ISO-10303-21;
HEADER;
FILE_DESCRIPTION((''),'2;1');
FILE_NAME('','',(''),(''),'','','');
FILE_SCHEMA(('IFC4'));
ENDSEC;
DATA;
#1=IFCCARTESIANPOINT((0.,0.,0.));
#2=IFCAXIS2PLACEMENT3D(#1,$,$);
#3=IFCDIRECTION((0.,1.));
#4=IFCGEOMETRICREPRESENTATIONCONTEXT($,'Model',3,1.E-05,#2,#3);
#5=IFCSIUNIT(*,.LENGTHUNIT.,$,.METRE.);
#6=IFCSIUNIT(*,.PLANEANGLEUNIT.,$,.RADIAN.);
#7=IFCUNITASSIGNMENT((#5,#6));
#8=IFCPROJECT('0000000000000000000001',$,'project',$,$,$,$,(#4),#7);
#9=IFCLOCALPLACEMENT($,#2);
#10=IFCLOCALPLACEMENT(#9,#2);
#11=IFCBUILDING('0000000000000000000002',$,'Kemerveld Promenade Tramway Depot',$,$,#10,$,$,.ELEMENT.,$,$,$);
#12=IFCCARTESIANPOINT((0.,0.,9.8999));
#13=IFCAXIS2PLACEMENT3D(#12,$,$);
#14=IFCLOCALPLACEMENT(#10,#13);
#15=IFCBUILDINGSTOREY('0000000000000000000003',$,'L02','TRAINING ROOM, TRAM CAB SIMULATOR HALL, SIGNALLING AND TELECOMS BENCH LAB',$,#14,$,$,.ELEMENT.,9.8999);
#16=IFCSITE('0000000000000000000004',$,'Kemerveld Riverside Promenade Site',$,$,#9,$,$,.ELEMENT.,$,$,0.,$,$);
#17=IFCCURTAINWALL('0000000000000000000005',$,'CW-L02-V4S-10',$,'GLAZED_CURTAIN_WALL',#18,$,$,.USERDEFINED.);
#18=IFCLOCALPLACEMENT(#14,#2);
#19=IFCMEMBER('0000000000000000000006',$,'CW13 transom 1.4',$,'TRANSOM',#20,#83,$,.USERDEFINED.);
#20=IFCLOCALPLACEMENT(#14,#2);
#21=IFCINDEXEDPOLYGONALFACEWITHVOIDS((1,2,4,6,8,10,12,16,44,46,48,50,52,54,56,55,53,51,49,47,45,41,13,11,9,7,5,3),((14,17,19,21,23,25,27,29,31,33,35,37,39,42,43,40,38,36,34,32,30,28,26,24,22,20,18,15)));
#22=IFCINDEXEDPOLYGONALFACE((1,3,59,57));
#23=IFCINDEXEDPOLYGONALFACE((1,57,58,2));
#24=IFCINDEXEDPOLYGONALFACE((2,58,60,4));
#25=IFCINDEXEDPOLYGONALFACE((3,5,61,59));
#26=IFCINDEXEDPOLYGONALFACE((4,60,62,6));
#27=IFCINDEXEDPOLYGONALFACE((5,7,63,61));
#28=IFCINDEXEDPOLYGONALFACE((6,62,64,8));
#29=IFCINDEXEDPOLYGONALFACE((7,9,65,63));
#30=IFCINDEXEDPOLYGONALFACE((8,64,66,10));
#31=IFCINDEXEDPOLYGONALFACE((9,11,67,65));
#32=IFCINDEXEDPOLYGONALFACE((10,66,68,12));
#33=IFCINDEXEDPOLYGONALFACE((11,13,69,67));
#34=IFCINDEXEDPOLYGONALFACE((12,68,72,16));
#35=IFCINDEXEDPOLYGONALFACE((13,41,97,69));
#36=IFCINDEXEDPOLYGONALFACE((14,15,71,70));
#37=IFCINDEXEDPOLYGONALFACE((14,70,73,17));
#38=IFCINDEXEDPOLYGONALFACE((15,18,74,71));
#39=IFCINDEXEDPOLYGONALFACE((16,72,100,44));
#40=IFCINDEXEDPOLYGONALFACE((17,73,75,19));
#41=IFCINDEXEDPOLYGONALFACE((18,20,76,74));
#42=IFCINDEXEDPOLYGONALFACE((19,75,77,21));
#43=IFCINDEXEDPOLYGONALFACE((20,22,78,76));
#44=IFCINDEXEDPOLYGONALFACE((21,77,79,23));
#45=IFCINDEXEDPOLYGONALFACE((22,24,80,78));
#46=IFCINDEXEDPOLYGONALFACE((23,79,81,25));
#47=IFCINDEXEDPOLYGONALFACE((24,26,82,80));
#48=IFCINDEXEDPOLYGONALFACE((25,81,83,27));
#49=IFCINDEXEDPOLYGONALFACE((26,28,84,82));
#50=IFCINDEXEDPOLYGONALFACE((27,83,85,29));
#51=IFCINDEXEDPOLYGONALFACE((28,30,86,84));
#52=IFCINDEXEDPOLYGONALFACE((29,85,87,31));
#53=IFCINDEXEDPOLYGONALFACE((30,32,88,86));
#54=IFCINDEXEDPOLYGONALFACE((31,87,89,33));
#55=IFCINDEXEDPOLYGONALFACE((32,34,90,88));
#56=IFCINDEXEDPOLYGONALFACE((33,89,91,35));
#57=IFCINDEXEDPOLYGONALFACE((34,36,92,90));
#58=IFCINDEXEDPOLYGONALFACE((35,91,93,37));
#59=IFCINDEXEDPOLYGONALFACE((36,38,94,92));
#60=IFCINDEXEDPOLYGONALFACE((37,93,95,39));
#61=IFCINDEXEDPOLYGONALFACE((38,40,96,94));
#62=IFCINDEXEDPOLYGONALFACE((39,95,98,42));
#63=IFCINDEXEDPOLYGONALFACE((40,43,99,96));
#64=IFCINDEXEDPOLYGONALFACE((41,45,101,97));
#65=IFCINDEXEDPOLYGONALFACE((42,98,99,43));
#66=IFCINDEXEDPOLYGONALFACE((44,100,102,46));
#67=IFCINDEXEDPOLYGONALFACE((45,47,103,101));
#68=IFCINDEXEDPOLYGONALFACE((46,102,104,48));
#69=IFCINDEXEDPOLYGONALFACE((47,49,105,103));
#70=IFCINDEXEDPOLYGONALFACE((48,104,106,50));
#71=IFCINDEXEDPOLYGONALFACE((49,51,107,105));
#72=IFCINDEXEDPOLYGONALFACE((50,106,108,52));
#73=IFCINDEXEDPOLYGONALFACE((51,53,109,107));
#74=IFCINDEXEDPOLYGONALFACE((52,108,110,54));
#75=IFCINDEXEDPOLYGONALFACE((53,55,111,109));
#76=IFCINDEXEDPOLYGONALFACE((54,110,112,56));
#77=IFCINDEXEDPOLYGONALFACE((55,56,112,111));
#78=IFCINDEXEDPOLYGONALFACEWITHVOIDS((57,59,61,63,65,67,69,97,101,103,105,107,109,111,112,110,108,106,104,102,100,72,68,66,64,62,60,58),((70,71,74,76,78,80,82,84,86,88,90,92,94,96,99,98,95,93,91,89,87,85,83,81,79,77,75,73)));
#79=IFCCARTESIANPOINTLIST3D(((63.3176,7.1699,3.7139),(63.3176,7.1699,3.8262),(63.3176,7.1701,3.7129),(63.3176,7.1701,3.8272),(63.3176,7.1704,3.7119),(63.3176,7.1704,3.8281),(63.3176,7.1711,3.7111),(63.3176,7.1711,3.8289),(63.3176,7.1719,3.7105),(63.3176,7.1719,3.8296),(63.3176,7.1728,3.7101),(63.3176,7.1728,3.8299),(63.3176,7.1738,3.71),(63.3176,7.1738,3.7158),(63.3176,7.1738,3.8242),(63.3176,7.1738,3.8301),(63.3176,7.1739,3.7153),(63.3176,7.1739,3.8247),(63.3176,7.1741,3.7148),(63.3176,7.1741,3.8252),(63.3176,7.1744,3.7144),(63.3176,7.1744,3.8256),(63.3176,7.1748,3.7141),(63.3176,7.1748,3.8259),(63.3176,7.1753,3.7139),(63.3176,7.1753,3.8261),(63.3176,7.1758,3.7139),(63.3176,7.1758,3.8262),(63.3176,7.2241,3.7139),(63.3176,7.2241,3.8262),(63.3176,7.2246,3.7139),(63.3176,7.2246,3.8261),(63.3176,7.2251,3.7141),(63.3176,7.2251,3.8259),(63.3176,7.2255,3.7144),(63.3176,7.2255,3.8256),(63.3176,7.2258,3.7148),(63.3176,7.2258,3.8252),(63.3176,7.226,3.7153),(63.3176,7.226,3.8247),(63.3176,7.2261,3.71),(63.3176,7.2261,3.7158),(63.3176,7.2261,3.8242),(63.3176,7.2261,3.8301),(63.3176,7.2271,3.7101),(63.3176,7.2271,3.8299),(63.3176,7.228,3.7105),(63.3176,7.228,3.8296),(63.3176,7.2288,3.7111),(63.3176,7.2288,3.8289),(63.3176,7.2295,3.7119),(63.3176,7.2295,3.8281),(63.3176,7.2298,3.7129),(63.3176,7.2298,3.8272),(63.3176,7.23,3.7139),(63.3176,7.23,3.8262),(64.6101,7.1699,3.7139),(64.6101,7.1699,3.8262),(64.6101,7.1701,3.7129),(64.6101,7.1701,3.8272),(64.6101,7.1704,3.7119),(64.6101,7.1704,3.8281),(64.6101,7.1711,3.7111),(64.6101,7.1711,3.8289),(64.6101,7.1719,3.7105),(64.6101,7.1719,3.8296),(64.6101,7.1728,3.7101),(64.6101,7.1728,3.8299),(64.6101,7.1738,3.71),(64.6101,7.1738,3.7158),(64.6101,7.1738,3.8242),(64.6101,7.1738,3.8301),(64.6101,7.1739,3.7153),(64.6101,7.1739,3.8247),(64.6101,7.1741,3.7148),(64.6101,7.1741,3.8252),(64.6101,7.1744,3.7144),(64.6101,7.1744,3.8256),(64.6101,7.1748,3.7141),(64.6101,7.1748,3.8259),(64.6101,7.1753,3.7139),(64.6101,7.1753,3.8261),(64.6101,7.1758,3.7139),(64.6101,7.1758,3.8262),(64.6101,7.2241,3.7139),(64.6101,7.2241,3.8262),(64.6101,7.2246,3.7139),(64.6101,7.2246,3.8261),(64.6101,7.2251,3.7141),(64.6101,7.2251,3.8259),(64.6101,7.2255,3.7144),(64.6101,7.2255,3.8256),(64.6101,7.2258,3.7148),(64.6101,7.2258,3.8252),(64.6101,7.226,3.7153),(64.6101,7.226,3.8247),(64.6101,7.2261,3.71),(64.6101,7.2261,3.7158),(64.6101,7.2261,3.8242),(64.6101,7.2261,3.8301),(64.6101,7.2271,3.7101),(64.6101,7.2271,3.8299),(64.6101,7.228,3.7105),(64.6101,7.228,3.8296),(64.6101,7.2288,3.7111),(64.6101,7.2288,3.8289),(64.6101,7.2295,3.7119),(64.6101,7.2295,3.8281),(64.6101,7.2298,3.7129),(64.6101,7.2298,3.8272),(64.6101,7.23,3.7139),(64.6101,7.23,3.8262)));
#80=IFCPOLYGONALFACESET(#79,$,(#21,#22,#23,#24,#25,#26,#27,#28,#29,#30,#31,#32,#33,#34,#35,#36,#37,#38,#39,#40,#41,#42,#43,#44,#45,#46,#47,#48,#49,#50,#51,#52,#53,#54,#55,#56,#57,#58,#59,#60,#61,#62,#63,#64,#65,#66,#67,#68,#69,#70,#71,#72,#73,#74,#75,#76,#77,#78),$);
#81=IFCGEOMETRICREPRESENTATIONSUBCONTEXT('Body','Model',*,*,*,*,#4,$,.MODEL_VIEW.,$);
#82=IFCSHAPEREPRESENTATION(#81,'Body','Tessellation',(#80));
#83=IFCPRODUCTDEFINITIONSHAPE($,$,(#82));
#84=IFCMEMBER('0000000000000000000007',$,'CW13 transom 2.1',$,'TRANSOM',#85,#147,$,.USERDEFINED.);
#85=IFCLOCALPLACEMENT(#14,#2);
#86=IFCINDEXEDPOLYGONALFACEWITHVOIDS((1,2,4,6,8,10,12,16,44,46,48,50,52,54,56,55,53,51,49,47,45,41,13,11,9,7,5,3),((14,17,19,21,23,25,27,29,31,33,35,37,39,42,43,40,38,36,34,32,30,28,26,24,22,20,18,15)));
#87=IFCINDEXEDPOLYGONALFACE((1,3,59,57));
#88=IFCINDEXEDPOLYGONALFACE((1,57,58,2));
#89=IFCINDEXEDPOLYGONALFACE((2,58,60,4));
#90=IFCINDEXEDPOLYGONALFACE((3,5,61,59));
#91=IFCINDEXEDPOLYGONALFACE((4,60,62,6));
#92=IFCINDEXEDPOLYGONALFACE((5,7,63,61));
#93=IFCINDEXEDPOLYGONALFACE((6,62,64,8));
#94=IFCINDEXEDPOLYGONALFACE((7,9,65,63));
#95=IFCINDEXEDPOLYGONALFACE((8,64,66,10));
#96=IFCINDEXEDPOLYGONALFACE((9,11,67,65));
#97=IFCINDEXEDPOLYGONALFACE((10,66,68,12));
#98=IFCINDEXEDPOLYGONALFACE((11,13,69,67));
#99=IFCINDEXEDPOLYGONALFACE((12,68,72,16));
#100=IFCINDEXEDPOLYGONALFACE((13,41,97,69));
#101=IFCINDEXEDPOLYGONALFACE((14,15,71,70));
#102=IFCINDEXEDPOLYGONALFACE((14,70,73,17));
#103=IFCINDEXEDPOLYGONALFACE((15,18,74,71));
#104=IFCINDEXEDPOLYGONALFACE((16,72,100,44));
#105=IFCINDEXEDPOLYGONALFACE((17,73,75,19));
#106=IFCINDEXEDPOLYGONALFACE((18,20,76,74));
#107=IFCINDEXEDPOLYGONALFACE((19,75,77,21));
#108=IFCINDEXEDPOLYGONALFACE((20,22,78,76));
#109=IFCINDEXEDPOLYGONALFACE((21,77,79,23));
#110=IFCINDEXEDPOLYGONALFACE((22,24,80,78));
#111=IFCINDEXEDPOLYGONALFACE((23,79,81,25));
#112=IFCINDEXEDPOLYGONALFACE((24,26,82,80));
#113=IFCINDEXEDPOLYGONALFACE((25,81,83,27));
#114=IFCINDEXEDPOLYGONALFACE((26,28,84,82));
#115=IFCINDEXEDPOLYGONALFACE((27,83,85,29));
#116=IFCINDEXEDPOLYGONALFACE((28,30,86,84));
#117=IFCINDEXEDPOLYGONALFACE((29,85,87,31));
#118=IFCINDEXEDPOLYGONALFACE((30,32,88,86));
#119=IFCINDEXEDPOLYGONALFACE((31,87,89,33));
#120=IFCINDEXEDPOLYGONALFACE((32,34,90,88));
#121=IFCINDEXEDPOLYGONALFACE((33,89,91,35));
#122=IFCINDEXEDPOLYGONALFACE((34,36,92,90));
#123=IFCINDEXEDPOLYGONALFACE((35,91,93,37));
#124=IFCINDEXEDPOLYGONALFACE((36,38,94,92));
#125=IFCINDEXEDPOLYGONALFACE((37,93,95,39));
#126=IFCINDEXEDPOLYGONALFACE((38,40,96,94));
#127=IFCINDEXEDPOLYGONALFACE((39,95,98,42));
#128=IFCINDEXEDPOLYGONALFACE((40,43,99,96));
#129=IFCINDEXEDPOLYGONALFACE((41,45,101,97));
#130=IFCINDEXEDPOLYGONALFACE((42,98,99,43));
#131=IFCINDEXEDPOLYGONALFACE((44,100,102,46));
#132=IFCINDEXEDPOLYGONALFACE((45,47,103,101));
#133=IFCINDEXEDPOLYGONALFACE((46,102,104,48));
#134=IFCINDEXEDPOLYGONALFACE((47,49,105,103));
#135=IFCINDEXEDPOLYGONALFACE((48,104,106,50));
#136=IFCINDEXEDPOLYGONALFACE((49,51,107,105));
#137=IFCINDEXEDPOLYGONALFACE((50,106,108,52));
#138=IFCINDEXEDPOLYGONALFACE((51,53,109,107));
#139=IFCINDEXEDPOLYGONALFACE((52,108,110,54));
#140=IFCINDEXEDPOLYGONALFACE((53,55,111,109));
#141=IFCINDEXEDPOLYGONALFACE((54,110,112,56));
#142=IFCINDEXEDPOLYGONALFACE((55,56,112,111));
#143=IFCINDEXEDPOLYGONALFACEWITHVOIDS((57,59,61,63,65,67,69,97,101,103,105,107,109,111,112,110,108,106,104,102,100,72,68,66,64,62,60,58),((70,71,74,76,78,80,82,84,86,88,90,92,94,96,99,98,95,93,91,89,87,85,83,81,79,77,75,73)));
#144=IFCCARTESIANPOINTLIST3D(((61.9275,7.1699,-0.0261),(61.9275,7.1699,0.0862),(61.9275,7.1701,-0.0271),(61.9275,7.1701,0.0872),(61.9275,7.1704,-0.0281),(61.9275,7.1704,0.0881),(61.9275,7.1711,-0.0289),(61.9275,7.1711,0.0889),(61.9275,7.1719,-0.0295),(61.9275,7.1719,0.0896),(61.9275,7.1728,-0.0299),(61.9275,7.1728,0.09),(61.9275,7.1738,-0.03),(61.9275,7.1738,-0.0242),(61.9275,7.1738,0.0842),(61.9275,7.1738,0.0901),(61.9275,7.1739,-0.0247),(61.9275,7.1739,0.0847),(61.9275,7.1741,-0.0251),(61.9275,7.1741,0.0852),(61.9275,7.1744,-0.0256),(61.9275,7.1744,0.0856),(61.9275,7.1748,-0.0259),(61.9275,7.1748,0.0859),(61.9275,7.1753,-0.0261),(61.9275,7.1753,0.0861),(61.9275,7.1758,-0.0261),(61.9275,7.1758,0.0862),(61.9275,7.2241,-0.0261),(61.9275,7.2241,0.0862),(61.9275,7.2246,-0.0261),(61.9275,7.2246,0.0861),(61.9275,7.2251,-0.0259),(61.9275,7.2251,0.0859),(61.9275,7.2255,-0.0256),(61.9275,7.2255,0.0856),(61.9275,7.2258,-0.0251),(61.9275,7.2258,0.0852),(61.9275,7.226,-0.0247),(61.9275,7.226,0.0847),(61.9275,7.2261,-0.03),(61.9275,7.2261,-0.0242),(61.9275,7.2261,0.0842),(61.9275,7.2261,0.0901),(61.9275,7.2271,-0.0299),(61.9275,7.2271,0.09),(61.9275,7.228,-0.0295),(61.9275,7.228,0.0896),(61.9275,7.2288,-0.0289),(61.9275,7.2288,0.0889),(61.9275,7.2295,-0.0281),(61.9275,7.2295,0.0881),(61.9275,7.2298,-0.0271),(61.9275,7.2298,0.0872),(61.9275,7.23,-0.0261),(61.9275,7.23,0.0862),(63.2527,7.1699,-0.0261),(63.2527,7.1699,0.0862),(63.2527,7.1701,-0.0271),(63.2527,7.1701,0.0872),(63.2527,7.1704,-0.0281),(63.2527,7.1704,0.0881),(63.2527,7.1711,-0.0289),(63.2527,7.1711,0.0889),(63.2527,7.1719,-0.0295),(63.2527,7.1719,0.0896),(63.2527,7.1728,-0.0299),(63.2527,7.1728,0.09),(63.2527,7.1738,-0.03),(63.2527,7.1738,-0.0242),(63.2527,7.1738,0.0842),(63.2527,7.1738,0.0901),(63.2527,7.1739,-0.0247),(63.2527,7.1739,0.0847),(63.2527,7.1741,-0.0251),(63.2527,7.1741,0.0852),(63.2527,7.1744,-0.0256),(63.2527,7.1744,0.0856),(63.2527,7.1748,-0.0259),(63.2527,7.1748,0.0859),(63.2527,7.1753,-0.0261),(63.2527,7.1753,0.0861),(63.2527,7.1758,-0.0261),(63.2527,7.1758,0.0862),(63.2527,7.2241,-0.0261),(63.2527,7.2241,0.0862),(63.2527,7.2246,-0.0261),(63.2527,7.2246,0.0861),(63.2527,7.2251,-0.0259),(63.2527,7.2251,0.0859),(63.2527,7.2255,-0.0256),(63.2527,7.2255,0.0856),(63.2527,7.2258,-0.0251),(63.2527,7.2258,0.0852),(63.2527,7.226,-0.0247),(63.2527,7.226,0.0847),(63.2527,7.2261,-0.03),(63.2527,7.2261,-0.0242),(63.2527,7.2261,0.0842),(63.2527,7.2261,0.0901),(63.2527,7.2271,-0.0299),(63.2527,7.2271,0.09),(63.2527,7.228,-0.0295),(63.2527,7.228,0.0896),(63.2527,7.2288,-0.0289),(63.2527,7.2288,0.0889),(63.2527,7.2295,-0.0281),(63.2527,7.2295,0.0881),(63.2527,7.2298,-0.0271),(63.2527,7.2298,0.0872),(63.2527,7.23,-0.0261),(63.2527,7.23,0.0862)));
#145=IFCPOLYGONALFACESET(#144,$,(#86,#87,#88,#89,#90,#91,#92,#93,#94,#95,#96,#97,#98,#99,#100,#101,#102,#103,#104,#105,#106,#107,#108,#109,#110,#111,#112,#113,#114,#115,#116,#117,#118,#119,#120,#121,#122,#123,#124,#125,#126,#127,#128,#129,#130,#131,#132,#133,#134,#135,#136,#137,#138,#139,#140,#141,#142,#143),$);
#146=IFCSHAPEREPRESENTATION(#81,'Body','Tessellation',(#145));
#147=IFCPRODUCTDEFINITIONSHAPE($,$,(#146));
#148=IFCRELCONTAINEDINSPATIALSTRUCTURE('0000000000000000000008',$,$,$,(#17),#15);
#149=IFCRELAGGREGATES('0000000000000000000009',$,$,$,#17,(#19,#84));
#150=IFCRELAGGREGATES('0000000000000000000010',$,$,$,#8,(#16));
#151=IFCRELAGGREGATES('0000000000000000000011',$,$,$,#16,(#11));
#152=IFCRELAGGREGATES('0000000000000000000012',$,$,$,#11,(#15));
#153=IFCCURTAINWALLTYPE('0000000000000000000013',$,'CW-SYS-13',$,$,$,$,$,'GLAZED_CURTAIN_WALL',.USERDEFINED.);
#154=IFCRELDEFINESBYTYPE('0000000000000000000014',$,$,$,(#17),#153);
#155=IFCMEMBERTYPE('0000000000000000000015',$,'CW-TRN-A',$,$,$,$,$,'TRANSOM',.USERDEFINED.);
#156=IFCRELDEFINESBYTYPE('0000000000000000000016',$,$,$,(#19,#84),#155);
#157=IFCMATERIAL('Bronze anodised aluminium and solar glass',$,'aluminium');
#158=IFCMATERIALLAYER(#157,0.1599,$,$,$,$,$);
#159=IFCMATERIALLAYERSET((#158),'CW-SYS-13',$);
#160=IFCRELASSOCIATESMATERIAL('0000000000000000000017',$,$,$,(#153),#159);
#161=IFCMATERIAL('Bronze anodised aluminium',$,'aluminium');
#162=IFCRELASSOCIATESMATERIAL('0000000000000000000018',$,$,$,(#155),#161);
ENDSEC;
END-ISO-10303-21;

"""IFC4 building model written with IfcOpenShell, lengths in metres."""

from ifc_helpers import new_model, si_unit, direction, frame, origin, origin_2d, place, context, subcontext, project, spatial, hollow_rectangle, extrude, material, layer, layer_set, material_profile, profile_set, type_object, element, aggregate, save


model = new_model("IFC4")

# Units and contexts
model_context = context("Model", 3, precision=1e-05, world=origin(), true_north=direction((0.0, 1.0)))
body_context = subcontext(model_context, "Body", "Model", "MODEL_VIEW")
ifc_project = project(units=[si_unit("LENGTHUNIT", "METRE"), si_unit("PLANEANGLEUNIT", "RADIAN")], contexts=[model_context])

# Site, building, storey
site_placement = place(None, origin())
site = spatial("IfcSite", under=ifc_project, at=site_placement, Name="Kemerveld Riverside Promenade Site", CompositionType="ELEMENT", RefElevation=0.0)
building_placement = place(site_placement, origin())
building = spatial("IfcBuilding", under=site, at=building_placement, Name="Kemerveld Promenade Tramway Depot", CompositionType="ELEMENT")
storey_placement = place(building_placement, frame((0.0, 0.0, 9.8999)))
storey = spatial("IfcBuildingStorey", under=building, at=storey_placement, Name="L02", Description="TRAINING ROOM, TRAM CAB SIMULATOR HALL, SIGNALLING AND TELECOMS BENCH LAB", CompositionType="ELEMENT", Elevation=9.8999)

# Curtain wall, members
ifc_material_1 = material(Name="Bronze anodised aluminium and solar glass", Category="aluminium")
ifc_layer_1 = layer(ifc_material_1, 0.1599)
ifc_layer_set_1 = layer_set([ifc_layer_1], Name="CW-SYS-13")
curtain_wall_type = type_object("IfcCurtainWallType", Name="CW-SYS-13", ElementType="GLAZED_CURTAIN_WALL", PredefinedType="USERDEFINED", material=ifc_layer_set_1)
curtain_wall_placement = place(storey_placement, origin())
curtain_wall = element("IfcCurtainWall", 1, at=curtain_wall_placement, inside=storey, type_object=curtain_wall_type, Name="CW-L02-V4S-10", ObjectType="GLAZED_CURTAIN_WALL", PredefinedType="USERDEFINED")
ifc_material_2 = material(Name="Bronze anodised aluminium", Category="aluminium")
ifc_material_profile_1 = material_profile(ifc_material_2, hollow_rectangle(XDim=0.0601, YDim=0.1201, WallThickness=0.0039, InnerFilletRadius=0.002, OuterFilletRadius=0.0039, at=origin_2d()), Name="CW-TRN-120x60")
ifc_profile_set_1 = profile_set([ifc_material_profile_1], Name="Bronze anodised aluminium")
member_type_1 = type_object("IfcMemberType", Name="CW-TRN-A", ElementType="TRANSOM", PredefinedType="USERDEFINED", material=ifc_profile_set_1)
member_1_placement = place(storey_placement, frame((64.6101, 7.2, 3.77), z_axis=(-1.0, 0.0, 0.0), x_axis=(0.0, -1.0, 0.0)))
member_1 = element("IfcMember", 2, at=member_1_placement, type_object=member_type_1, Name="CW13 transom 1.4", ObjectType="TRANSOM", PredefinedType="USERDEFINED", context=body_context, shape_type="SweptSolid", body=[
    extrude(hollow_rectangle(XDim=0.0601, YDim=0.1201, WallThickness=0.0039, InnerFilletRadius=0.002, OuterFilletRadius=0.0039, at=origin_2d()), origin(), (0.0, 0.0, 1.0), 1.2925),
])
member_2_placement = place(storey_placement, frame((63.2527, 7.2, 0.03), z_axis=(-1.0, 0.0, 0.0), x_axis=(0.0, -1.0, 0.0)))
member_2 = element("IfcMember", 3, at=member_2_placement, type_object=member_type_1, Name="CW13 transom 2.1", ObjectType="TRANSOM", PredefinedType="USERDEFINED", context=body_context, shape_type="SweptSolid", body=[
    extrude(hollow_rectangle(XDim=0.0601, YDim=0.1201, WallThickness=0.0039, InnerFilletRadius=0.002, OuterFilletRadius=0.0039, at=origin_2d()), origin(), (0.0, 0.0, 1.0), 1.3252),
])

aggregate(curtain_wall, [member_1, member_2])

save(model, "model.ifc")
